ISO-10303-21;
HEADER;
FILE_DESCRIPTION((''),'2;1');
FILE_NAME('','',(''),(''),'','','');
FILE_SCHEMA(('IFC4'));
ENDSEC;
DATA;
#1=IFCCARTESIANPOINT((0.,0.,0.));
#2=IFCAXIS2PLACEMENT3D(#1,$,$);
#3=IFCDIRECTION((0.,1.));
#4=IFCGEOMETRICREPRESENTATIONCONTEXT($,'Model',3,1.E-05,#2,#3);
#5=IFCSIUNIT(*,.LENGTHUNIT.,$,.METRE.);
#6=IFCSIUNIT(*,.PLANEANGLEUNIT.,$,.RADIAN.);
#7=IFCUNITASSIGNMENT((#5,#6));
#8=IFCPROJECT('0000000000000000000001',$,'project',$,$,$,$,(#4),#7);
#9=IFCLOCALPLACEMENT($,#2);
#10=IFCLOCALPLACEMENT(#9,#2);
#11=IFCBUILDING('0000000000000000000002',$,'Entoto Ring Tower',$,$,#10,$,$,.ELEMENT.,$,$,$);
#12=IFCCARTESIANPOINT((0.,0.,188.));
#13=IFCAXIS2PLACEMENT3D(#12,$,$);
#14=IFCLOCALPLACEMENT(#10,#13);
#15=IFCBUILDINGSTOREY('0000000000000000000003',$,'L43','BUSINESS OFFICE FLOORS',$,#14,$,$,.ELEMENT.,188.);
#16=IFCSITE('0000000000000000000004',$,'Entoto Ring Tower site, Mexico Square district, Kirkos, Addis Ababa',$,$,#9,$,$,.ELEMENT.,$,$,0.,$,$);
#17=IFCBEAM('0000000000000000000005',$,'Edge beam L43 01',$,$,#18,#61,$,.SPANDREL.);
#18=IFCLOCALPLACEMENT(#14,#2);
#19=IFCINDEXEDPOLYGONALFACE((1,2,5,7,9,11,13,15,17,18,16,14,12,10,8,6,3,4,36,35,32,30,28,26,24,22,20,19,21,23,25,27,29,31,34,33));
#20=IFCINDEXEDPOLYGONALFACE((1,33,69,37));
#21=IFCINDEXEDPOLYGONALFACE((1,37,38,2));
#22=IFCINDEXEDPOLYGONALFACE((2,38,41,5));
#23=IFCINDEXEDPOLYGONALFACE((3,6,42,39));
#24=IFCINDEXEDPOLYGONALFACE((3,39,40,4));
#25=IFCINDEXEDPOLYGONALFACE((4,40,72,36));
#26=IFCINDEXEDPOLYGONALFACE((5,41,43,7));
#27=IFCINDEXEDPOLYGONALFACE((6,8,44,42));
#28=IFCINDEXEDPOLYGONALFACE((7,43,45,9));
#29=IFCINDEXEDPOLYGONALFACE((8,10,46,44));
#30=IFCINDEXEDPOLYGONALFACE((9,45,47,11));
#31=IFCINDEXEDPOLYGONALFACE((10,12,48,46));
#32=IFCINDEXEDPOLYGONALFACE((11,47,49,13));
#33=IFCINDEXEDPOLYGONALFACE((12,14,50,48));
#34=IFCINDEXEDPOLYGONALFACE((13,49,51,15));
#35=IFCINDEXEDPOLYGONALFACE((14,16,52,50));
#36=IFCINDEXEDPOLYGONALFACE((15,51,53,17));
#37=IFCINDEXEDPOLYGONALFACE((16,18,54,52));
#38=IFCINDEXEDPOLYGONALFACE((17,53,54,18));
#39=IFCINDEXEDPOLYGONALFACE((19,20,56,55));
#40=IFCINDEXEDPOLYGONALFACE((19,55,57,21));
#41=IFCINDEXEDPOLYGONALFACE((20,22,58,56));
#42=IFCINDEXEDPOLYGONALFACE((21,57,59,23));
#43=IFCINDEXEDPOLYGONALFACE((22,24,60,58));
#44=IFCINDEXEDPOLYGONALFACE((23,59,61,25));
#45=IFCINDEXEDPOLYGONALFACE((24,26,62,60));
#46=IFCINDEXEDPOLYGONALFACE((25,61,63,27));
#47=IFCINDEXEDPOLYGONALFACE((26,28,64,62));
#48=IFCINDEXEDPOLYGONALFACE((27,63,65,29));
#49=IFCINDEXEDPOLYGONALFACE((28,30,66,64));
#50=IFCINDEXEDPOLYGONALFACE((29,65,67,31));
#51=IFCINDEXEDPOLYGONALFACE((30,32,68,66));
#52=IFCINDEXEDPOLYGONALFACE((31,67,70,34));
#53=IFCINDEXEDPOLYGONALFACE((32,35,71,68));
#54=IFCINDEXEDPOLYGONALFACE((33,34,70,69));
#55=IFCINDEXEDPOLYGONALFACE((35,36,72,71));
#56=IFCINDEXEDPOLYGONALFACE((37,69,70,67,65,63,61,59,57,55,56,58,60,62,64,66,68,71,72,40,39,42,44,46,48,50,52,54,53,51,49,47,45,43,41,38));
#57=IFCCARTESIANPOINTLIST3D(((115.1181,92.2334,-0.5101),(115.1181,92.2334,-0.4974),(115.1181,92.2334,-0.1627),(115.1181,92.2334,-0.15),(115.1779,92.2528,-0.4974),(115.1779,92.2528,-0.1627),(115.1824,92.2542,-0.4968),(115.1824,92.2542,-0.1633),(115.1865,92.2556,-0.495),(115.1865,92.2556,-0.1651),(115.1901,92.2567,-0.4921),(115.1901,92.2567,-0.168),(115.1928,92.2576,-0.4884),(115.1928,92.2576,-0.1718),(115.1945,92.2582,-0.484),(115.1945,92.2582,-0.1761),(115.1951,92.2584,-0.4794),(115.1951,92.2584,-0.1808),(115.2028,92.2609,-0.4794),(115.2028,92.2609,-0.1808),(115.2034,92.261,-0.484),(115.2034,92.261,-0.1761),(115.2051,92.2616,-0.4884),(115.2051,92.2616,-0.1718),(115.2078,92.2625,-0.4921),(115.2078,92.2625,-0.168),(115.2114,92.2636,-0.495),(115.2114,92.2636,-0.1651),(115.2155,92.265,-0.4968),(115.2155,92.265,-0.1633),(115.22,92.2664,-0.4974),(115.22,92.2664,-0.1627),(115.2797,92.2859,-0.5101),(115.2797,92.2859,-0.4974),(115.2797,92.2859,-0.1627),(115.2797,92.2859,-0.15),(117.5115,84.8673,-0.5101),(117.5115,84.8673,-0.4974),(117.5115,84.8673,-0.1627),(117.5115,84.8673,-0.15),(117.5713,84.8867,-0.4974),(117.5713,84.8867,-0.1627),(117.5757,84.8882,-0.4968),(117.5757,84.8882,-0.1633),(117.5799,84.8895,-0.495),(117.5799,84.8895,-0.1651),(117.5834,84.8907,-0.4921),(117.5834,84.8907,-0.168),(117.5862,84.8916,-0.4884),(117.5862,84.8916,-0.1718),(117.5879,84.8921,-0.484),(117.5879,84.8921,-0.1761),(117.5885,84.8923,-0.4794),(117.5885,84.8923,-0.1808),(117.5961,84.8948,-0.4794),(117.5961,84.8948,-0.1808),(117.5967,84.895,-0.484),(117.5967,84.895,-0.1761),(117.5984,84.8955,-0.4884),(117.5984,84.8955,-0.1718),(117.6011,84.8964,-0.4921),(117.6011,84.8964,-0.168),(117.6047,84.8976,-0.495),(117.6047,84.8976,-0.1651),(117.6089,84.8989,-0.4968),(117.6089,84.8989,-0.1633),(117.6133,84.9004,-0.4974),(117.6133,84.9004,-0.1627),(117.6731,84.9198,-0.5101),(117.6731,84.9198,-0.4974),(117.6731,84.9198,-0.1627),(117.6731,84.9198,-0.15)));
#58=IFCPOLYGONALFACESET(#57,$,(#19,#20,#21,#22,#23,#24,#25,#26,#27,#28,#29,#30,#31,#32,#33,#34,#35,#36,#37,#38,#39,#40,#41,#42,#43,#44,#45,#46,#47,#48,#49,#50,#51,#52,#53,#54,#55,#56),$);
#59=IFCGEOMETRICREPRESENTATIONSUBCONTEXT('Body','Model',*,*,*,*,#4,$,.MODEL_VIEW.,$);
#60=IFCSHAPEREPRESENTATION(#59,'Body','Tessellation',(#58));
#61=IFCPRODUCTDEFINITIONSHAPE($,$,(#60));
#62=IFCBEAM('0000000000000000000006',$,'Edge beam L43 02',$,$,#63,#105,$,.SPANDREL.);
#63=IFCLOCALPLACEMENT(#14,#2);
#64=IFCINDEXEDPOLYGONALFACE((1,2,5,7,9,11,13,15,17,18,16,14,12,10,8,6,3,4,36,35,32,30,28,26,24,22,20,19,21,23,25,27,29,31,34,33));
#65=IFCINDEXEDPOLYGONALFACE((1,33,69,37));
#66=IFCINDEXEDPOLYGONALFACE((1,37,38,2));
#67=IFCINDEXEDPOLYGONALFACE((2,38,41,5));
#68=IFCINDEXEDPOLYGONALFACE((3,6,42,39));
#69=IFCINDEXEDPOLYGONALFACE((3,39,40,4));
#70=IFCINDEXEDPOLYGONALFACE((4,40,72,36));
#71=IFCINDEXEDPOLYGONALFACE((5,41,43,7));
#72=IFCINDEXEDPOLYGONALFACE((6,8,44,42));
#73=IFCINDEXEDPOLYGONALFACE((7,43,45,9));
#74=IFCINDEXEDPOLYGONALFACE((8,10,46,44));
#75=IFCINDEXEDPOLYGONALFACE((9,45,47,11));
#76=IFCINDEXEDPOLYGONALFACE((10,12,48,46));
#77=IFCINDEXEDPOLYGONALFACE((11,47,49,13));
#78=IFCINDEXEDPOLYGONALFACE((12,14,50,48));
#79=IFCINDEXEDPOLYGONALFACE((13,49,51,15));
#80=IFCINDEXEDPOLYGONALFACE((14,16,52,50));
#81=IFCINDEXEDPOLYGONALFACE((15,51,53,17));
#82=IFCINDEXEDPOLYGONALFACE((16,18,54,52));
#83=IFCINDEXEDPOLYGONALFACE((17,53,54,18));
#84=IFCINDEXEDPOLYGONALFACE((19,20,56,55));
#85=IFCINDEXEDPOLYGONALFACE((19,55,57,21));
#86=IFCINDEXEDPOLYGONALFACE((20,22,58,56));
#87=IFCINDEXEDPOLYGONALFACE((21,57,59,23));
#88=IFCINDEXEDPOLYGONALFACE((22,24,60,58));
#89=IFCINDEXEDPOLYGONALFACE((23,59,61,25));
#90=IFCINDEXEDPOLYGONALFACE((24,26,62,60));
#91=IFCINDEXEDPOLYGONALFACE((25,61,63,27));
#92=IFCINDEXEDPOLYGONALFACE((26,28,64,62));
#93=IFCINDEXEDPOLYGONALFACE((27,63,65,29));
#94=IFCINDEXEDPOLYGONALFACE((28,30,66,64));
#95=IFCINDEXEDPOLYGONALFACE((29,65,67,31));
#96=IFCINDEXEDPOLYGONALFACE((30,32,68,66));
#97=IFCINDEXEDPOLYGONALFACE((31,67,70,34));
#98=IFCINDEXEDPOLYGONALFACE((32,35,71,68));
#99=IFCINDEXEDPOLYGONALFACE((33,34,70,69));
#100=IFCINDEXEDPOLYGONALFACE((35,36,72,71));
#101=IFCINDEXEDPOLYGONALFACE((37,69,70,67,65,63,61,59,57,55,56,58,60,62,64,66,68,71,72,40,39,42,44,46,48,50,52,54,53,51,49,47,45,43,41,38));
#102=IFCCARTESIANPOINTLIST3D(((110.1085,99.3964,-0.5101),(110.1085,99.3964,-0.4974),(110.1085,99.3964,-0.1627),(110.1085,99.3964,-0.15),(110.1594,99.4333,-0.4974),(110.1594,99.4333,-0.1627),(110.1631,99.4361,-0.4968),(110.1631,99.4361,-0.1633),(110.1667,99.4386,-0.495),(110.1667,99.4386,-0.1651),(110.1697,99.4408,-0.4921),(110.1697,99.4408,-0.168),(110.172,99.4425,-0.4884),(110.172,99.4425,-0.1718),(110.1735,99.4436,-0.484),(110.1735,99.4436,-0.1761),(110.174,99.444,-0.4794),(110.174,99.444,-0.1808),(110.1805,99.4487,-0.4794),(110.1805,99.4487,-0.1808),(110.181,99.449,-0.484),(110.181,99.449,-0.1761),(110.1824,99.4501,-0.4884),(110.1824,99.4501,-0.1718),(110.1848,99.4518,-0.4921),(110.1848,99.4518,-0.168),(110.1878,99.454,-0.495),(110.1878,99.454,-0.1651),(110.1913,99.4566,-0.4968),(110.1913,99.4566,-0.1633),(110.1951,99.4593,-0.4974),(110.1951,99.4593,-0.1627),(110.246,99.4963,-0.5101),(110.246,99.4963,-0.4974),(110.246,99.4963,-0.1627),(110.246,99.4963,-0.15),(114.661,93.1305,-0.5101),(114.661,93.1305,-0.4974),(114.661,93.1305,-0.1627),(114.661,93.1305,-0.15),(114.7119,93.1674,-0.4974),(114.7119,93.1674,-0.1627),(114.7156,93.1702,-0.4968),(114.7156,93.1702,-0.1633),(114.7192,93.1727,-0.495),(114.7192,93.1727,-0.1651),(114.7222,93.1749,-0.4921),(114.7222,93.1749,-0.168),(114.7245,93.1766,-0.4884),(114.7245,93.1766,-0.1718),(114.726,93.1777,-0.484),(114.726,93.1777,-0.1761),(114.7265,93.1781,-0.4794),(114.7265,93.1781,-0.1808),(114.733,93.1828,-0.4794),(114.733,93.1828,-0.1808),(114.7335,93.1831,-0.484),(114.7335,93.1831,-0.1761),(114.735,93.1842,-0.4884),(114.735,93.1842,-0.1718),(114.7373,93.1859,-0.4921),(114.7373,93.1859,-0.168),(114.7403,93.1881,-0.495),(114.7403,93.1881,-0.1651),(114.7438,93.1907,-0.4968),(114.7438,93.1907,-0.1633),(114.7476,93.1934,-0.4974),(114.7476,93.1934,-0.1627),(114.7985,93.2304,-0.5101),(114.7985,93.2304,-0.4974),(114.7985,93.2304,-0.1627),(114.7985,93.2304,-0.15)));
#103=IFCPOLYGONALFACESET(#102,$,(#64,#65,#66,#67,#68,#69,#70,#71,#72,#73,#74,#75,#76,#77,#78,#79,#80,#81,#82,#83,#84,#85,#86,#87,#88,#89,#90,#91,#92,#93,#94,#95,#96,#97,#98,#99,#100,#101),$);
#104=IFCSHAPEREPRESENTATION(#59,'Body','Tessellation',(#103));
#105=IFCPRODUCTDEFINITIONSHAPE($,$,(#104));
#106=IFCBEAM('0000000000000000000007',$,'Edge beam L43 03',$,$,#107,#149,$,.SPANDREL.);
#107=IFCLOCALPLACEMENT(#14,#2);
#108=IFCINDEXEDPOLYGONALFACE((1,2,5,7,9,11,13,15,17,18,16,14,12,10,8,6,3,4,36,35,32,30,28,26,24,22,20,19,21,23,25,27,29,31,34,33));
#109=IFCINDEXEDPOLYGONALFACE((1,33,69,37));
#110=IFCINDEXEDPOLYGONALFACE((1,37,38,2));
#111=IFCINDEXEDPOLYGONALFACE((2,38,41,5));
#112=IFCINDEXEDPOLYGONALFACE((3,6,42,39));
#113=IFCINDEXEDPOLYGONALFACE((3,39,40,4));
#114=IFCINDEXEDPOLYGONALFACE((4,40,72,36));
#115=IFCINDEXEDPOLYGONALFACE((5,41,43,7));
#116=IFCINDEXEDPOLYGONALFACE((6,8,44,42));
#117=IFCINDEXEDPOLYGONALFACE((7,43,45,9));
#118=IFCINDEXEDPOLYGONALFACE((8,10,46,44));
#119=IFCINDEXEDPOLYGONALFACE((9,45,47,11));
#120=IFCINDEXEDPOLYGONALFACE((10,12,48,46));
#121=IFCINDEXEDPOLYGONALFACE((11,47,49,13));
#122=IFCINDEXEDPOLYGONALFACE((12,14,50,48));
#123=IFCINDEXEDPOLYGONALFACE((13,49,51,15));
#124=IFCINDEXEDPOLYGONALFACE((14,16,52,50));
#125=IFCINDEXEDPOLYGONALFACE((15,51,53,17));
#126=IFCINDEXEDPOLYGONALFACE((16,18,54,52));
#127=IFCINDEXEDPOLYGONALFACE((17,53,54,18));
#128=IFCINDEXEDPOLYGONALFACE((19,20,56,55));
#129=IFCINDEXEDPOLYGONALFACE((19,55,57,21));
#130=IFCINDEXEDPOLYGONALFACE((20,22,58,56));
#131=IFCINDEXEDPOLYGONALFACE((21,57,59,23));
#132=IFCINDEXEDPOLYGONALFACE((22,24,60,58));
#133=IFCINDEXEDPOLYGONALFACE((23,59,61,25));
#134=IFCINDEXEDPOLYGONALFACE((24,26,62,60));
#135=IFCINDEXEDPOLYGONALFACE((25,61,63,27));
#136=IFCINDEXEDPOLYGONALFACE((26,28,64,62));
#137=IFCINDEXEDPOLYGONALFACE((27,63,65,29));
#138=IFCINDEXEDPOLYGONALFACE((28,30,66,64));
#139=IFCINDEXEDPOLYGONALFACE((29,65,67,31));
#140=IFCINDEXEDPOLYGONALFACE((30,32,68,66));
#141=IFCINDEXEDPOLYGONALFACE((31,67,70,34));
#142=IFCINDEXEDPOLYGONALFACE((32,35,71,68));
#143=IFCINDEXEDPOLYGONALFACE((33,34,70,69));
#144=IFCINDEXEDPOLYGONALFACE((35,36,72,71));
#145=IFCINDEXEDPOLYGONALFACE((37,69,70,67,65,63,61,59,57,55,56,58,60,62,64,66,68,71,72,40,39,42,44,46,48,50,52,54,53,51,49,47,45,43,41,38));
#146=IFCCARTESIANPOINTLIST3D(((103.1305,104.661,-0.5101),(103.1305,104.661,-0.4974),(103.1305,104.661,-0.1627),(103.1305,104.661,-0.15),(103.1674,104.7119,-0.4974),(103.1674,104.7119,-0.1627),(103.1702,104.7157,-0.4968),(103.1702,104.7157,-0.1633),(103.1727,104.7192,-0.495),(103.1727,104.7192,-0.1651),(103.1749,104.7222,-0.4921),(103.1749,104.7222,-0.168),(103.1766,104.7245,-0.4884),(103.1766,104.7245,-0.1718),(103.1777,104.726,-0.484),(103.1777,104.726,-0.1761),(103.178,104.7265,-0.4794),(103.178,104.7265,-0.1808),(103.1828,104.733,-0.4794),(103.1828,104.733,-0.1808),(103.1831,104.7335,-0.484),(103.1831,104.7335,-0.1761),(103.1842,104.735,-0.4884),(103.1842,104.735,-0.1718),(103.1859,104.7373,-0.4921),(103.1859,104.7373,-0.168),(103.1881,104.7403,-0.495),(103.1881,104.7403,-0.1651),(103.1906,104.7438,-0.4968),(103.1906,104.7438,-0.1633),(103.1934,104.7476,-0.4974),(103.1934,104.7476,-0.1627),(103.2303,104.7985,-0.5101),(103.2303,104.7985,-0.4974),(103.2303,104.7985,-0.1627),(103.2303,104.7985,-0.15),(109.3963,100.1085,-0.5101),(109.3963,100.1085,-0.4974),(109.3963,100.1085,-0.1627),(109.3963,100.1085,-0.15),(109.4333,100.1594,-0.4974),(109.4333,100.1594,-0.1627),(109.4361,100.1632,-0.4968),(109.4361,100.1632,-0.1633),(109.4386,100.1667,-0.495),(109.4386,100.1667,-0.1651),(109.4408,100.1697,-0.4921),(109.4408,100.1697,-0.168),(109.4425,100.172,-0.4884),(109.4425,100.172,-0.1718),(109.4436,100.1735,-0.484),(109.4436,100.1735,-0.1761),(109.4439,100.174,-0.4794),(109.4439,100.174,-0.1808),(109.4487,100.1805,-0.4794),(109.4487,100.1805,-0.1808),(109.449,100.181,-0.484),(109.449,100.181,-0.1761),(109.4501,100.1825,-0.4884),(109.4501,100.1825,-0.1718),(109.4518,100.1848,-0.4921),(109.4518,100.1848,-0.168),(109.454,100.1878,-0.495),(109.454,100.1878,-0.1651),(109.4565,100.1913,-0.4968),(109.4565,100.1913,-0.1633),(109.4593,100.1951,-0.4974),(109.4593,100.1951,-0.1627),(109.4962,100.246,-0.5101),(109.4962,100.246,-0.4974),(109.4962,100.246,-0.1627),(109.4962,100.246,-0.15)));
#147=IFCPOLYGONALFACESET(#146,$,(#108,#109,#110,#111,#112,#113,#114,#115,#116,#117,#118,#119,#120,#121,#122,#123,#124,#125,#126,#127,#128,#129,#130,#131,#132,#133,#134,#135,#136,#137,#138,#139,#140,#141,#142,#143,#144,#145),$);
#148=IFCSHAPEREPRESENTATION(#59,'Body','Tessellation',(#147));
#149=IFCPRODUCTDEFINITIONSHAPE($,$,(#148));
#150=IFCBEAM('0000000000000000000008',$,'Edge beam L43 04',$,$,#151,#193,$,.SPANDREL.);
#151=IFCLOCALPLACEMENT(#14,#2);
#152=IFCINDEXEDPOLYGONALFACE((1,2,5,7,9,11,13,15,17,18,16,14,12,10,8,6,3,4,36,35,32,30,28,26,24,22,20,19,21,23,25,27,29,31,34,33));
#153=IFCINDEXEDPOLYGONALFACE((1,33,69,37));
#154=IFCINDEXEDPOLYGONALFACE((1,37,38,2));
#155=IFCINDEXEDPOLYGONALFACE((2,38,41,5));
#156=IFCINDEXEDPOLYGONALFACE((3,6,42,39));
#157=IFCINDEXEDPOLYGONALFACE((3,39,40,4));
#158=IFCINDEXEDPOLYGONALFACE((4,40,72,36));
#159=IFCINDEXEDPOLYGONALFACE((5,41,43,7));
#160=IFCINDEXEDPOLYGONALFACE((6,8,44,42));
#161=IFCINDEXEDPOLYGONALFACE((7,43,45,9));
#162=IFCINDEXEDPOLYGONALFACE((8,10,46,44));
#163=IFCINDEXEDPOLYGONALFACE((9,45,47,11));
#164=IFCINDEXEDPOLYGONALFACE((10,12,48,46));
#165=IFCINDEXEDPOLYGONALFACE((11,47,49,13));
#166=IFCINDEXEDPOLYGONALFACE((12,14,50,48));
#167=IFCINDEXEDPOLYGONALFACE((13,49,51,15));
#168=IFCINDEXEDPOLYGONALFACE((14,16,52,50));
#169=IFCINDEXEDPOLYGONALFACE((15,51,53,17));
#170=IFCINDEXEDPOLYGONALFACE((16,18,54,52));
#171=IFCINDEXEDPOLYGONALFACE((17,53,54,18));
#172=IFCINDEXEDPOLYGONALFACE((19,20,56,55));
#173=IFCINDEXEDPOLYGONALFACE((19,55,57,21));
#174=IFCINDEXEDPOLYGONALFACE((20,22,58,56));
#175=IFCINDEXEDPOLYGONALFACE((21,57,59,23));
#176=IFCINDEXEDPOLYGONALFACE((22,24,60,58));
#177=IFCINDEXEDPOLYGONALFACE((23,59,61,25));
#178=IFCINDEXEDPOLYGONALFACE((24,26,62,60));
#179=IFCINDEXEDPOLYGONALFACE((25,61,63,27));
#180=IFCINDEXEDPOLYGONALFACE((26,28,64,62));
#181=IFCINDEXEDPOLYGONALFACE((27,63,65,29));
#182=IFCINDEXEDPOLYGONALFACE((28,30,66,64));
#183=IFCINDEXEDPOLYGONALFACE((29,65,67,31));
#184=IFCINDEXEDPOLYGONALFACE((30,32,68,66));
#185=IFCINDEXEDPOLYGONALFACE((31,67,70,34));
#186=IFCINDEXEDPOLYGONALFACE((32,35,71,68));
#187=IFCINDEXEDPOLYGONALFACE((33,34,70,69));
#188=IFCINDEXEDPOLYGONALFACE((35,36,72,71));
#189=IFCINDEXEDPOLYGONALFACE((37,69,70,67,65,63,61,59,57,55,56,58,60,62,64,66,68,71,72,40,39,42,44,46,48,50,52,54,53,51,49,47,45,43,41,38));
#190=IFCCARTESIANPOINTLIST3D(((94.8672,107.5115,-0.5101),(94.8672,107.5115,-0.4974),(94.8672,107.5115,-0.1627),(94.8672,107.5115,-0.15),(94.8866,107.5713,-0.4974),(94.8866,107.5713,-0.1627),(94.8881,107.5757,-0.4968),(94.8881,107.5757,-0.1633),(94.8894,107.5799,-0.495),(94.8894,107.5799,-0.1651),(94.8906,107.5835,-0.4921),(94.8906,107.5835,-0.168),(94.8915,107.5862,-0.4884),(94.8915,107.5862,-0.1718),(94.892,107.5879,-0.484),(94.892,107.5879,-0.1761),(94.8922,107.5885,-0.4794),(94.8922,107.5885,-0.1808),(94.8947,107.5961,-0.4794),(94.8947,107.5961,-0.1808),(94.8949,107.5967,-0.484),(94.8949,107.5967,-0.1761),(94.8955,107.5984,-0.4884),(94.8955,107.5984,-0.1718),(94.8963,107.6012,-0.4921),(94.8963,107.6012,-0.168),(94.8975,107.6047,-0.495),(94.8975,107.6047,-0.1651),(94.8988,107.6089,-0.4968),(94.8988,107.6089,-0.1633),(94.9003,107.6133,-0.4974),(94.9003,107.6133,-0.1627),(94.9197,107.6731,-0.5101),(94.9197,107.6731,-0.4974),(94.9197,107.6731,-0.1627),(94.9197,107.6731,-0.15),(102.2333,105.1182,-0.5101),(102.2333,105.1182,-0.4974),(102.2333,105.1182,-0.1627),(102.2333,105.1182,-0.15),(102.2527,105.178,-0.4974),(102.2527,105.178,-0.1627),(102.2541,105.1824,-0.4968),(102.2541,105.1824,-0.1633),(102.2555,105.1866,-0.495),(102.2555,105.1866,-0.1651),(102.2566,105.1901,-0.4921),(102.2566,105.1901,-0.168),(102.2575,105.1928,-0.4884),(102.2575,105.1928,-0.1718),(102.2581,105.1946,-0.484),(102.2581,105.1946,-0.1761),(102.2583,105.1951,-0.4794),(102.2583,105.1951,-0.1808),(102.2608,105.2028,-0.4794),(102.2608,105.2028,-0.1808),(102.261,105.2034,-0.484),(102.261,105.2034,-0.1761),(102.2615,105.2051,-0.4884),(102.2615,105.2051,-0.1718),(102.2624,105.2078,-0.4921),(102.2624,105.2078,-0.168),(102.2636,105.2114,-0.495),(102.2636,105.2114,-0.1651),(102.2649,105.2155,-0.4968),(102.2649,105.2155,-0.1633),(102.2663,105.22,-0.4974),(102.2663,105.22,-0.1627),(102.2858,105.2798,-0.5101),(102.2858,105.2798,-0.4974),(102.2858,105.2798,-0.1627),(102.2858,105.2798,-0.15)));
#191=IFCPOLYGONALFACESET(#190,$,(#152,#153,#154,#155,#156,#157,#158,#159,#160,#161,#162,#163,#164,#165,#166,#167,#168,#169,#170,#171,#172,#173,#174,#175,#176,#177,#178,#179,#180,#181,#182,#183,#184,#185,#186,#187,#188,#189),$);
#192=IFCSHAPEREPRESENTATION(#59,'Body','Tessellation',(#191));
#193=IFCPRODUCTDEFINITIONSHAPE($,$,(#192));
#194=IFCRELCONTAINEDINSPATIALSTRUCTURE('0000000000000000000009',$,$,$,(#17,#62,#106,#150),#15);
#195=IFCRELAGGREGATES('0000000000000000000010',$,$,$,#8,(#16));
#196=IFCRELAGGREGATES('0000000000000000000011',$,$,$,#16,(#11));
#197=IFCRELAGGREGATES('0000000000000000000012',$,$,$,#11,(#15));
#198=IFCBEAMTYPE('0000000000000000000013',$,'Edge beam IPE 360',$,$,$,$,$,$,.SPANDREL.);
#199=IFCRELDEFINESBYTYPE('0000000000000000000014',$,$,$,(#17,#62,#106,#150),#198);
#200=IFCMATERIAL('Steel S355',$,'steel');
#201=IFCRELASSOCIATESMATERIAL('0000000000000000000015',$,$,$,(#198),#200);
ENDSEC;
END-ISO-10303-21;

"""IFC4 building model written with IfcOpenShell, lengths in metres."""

from ifc_helpers import new_model, si_unit, direction, frame, origin, origin_2d, place, context, subcontext, project, spatial, i_section, extrude, material, material_profile, profile_set, type_object, element, save


model = new_model("IFC4")

# Units and contexts
model_context = context("Model", 3, precision=1e-05, world=origin(), true_north=direction((0.0, 1.0)))
body_context = subcontext(model_context, "Body", "Model", "MODEL_VIEW")
ifc_project = project(units=[si_unit("LENGTHUNIT", "METRE"), si_unit("PLANEANGLEUNIT", "RADIAN")], contexts=[model_context])

# Site, building, storey
site_placement = place(None, origin())
site = spatial("IfcSite", under=ifc_project, at=site_placement, Name="Entoto Ring Tower site, Mexico Square district, Kirkos, Addis Ababa", CompositionType="ELEMENT", RefElevation=0.0)
building_placement = place(site_placement, origin())
building = spatial("IfcBuilding", under=site, at=building_placement, Name="Entoto Ring Tower", CompositionType="ELEMENT")
storey_placement = place(building_placement, frame((0.0, 0.0, 188.0)))
storey = spatial("IfcBuildingStorey", under=building, at=storey_placement, Name="L43", Description="BUSINESS OFFICE FLOORS", CompositionType="ELEMENT", Elevation=188.0)

# Beams
ifc_material_1 = material(Name="Steel S355", Category="steel")
ifc_material_profile_1 = material_profile(ifc_material_1, i_section(OverallWidth=0.1699, OverallDepth=0.3601, WebThickness=0.0081, FlangeThickness=0.0127, FilletRadius=0.0181, at=origin_2d()), Name="IPE 360")
ifc_profile_set_1 = profile_set([ifc_material_profile_1], Name="Steel S355")
beam_type_1 = type_object("IfcBeamType", Name="Edge beam IPE 360", PredefinedType="SPANDREL", material=ifc_profile_set_1)
for number, where, z_axis, x_axis, name in (
    (1, (117.5923, 84.8936, -0.3301), (-0.309013, 0.951058, 0.0), (-0.951058, -0.309013, 0.0), "Edge beam L43 01"),
    (2, (114.7297, 93.1804, -0.3301), (-0.587791, 0.809013, 0.0), (-0.809013, -0.587791, 0.0), "Edge beam L43 02"),
    (3, (109.4463, 100.1772, -0.3301), (-0.809013, 0.587791, 0.0), (-0.587791, -0.809013, 0.0), "Edge beam L43 03"),
    (4, (102.2595, 105.199, -0.3301), (-0.951058, 0.309013, 0.0), (-0.309013, -0.951058, 0.0), "Edge beam L43 04"),
):
    element("IfcBeam", number, at=place(storey_placement, frame(where, z_axis=z_axis, x_axis=x_axis)), inside=storey, type_object=beam_type_1, Name=name, PredefinedType="SPANDREL", context=body_context, shape_type="SweptSolid", body=[
        extrude(i_section(OverallWidth=0.1699, OverallDepth=0.3601, WebThickness=0.0081, FlangeThickness=0.0127, FilletRadius=0.0181, at=origin_2d()), origin(), (0.0, 0.0, 1.0), 7.7451),
    ])

save(model, "model.ifc")
